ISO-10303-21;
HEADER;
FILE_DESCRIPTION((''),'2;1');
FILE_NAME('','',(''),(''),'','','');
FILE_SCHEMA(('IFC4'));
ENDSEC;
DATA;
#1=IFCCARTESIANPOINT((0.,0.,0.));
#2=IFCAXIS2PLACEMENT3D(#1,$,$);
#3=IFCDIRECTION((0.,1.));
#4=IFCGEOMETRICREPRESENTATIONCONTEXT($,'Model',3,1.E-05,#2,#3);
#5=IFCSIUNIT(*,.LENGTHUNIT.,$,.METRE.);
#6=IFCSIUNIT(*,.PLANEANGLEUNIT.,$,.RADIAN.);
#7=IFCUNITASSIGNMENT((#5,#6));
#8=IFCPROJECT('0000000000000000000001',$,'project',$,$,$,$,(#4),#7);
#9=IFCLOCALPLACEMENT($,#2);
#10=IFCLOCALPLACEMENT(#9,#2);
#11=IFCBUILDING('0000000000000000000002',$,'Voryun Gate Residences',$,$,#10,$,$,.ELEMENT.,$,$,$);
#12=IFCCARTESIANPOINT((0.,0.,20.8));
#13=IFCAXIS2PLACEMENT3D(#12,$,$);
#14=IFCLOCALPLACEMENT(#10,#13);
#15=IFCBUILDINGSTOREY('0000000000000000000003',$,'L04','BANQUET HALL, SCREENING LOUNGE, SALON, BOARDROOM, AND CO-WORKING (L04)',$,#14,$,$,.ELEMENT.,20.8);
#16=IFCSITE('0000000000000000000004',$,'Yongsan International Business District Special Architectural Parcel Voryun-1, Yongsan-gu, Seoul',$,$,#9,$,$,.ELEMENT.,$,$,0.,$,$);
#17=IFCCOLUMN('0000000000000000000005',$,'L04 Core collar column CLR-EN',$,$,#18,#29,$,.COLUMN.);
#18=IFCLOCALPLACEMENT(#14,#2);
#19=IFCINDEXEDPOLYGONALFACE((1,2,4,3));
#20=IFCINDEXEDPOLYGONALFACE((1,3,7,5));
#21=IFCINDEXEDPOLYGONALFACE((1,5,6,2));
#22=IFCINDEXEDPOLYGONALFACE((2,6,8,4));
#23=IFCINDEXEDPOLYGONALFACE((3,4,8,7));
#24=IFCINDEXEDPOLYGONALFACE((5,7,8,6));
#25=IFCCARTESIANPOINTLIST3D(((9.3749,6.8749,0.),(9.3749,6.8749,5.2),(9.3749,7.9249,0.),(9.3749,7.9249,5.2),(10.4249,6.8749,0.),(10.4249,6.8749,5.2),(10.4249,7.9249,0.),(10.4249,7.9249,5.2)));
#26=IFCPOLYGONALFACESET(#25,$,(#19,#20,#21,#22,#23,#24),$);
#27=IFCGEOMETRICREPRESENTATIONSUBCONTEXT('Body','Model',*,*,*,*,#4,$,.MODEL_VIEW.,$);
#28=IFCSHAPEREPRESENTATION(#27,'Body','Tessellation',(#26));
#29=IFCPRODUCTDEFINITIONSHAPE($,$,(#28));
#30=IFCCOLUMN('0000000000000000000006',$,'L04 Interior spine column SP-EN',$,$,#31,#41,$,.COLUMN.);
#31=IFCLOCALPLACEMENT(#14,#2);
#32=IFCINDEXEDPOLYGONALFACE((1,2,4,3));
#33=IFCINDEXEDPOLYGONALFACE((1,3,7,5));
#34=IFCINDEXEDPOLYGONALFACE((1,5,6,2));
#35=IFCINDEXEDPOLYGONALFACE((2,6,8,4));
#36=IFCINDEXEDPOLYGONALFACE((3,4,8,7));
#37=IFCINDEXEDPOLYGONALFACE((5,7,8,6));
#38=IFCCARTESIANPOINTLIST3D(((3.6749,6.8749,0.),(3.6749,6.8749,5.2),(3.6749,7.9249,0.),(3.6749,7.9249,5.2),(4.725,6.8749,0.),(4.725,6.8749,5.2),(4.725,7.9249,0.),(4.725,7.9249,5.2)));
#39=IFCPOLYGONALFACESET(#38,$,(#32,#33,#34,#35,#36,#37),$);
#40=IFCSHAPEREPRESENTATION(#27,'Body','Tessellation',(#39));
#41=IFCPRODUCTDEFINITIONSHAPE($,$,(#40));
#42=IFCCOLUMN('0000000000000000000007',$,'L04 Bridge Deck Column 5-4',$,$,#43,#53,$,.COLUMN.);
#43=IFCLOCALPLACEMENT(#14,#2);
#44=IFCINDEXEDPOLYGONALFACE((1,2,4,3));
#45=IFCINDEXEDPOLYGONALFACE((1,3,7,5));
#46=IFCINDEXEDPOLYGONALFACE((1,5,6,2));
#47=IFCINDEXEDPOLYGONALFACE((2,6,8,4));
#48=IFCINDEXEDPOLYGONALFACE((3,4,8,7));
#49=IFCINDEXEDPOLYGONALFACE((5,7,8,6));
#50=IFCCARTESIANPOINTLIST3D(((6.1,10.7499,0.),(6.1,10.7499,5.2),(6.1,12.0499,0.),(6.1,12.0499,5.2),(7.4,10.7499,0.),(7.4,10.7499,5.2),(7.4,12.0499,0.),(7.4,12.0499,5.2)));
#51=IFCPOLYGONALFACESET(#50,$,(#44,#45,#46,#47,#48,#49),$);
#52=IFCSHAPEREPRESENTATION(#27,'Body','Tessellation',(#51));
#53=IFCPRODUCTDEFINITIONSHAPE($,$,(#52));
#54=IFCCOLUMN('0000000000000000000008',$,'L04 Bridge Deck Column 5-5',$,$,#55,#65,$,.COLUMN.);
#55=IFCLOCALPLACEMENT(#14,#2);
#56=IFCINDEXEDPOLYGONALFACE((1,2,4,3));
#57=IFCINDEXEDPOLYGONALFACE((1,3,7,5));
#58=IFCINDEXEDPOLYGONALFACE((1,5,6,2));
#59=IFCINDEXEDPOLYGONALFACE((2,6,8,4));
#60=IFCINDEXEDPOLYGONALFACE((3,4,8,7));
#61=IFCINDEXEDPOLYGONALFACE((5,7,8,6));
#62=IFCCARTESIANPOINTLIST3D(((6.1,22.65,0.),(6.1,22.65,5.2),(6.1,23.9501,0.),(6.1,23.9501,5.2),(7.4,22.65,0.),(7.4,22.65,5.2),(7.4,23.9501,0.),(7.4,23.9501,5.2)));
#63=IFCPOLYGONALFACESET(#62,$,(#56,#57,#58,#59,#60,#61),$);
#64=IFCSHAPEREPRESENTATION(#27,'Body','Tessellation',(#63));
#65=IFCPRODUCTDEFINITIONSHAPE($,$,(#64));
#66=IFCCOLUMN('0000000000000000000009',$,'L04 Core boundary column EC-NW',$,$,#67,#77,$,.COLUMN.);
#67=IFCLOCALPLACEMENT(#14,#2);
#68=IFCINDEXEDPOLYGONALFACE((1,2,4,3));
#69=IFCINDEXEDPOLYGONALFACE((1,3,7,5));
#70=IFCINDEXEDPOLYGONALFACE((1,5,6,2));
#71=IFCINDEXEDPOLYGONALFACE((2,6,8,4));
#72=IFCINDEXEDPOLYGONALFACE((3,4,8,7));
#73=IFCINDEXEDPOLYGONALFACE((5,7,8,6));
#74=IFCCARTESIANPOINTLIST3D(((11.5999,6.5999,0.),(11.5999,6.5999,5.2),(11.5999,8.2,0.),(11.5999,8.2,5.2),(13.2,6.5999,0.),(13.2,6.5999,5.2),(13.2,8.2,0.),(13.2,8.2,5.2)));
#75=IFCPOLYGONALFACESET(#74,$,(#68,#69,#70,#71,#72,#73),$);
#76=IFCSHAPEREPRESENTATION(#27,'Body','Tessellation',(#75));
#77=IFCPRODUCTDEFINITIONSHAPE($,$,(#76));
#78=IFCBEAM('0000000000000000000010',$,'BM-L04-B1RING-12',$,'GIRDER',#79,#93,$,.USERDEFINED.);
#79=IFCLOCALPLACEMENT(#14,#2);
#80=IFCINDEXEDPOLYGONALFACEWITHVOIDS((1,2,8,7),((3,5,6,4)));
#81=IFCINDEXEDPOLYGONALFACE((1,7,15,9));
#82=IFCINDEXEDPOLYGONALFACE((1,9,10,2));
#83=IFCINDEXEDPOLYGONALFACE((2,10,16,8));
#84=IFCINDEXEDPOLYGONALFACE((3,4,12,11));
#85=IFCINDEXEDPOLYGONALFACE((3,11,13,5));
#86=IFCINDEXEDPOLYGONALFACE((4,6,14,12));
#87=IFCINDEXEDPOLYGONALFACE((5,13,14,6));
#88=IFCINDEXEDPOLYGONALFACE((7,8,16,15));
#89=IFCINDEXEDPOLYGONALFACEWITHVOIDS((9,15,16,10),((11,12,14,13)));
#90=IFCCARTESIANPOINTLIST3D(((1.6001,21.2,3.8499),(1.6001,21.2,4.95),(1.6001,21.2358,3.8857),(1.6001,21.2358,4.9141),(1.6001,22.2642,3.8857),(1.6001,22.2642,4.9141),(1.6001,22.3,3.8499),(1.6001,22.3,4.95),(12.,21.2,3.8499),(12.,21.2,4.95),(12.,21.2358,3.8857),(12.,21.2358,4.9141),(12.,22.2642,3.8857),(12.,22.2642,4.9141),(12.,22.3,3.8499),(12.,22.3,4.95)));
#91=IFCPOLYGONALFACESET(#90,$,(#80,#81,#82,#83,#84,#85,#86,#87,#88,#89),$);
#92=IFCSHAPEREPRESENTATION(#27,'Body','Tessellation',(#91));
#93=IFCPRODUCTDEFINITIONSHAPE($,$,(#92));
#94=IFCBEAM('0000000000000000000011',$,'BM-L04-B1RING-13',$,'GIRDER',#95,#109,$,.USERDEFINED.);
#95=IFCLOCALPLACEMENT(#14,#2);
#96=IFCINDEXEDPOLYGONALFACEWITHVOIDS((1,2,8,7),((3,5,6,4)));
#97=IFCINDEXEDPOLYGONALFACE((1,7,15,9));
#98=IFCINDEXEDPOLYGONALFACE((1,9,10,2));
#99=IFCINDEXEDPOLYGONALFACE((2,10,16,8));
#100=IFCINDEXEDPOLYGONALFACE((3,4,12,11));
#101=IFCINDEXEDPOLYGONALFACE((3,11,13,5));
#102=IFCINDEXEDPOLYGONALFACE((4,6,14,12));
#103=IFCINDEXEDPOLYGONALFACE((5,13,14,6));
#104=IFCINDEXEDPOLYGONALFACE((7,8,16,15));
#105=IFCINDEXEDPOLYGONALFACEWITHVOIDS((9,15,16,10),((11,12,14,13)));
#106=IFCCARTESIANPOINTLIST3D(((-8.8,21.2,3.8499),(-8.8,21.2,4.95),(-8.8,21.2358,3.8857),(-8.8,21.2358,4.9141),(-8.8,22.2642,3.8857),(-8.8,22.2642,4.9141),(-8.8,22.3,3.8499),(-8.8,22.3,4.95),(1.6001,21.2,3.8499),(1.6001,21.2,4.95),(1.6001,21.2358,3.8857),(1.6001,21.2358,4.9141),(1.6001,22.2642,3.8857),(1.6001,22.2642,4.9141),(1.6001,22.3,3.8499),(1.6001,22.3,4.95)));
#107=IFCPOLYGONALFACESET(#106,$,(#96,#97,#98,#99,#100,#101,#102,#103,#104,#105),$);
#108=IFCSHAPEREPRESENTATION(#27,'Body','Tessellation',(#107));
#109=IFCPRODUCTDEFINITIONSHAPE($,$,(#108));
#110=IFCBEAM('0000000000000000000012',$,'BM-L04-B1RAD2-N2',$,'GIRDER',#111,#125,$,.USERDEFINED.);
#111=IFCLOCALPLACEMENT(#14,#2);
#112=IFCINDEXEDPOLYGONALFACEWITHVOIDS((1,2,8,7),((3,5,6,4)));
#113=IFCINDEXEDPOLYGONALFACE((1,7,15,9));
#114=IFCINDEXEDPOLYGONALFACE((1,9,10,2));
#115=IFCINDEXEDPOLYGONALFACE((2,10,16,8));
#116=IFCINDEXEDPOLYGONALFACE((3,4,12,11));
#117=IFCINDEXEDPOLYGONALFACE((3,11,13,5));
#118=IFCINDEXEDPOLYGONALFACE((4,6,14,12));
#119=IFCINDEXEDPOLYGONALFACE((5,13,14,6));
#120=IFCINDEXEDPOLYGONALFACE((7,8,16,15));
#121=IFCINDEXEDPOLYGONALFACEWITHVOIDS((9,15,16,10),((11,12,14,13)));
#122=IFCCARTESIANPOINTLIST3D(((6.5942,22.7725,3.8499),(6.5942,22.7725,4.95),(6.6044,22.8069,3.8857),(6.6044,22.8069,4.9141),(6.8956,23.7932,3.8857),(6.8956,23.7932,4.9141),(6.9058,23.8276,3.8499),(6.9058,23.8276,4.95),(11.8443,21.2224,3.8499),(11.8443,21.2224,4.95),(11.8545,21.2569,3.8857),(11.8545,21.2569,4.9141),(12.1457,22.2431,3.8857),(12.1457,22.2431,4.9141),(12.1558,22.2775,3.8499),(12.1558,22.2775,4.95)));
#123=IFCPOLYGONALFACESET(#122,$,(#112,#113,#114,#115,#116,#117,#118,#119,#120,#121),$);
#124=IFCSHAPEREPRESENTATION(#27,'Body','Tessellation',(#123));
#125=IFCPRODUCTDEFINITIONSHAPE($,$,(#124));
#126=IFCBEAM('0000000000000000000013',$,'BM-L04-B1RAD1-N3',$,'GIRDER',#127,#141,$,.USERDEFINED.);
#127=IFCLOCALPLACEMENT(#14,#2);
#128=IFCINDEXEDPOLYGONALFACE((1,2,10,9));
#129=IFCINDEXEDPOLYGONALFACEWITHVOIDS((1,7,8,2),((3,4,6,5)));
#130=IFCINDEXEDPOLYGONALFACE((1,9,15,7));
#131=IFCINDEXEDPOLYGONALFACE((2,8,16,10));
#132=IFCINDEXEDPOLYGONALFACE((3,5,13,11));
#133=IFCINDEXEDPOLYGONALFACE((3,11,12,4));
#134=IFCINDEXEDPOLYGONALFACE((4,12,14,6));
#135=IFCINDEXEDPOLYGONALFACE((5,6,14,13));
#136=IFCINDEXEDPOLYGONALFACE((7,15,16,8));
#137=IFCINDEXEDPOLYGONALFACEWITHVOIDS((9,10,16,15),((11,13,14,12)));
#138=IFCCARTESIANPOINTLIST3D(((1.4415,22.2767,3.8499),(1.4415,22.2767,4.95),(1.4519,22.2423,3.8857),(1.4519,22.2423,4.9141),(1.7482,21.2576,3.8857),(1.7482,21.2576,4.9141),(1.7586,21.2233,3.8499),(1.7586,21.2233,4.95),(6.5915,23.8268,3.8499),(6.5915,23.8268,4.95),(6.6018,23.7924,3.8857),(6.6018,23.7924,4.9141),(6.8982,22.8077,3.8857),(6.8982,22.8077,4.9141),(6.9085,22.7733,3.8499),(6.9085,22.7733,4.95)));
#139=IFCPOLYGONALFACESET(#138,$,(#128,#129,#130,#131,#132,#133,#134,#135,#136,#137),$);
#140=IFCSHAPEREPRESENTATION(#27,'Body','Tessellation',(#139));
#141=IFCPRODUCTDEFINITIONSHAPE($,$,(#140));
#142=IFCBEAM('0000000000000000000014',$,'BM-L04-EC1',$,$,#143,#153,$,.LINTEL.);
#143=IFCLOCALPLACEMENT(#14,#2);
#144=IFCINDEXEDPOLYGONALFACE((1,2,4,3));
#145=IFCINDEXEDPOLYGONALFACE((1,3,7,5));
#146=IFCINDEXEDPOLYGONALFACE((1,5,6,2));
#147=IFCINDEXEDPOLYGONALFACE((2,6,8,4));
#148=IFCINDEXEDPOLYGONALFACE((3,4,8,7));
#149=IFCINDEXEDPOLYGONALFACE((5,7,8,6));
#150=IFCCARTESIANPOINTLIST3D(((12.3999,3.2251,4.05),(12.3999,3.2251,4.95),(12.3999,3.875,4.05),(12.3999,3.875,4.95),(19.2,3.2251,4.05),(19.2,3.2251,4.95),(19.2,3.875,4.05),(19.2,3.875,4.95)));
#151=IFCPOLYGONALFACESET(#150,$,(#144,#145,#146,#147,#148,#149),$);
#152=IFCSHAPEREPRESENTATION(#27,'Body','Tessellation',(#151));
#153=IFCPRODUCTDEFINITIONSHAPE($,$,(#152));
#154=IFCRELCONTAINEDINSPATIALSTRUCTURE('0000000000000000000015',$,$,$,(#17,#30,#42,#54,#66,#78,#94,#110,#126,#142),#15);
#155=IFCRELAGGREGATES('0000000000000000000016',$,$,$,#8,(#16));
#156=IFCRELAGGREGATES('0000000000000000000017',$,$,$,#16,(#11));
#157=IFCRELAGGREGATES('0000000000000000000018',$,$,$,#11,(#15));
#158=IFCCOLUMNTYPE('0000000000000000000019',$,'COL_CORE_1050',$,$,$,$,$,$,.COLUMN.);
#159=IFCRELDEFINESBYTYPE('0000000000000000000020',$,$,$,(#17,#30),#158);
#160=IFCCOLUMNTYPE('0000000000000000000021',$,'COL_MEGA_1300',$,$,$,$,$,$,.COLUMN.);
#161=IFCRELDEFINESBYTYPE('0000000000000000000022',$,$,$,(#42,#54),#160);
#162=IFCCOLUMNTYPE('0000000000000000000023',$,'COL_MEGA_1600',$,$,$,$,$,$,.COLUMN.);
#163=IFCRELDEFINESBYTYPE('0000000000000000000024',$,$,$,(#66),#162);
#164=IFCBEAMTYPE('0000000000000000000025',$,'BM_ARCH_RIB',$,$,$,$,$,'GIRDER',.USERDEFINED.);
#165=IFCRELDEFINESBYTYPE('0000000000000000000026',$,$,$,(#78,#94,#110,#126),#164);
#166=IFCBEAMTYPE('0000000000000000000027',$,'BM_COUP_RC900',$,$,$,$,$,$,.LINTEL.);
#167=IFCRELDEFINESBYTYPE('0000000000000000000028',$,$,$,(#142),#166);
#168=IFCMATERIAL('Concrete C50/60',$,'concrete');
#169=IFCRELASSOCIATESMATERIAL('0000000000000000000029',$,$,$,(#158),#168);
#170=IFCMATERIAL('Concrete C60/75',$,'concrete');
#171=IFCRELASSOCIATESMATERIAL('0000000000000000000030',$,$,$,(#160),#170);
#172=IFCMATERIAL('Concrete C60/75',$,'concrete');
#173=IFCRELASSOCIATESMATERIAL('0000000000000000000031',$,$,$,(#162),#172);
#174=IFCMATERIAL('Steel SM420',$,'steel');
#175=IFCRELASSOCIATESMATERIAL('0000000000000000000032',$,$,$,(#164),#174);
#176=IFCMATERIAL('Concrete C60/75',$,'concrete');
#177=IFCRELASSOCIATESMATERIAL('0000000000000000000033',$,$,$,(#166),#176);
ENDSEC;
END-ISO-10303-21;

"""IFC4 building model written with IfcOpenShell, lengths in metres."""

from ifc_helpers import new_model, si_unit, direction, frame, origin, origin_2d, place, context, subcontext, project, spatial, rectangle, hollow_rectangle, extrude, material, material_profile, profile_set, type_object, element, save


model = new_model("IFC4")

# Units and contexts
model_context = context("Model", 3, precision=1e-05, world=origin(), true_north=direction((0.0, 1.0)))
body_context = subcontext(model_context, "Body", "Model", "MODEL_VIEW")
ifc_project = project(units=[si_unit("LENGTHUNIT", "METRE"), si_unit("PLANEANGLEUNIT", "RADIAN")], contexts=[model_context])

# Site, building, storey
site_placement = place(None, origin())
site = spatial("IfcSite", under=ifc_project, at=site_placement, Name="Yongsan International Business District Special Architectural Parcel Voryun-1, Yongsan-gu, Seoul", CompositionType="ELEMENT", RefElevation=0.0)
building_placement = place(site_placement, origin())
building = spatial("IfcBuilding", under=site, at=building_placement, Name="Voryun Gate Residences", CompositionType="ELEMENT")
storey_placement = place(building_placement, frame((0.0, 0.0, 20.8)))
storey = spatial("IfcBuildingStorey", under=building, at=storey_placement, Name="L04", Description="BANQUET HALL, SCREENING LOUNGE, SALON, BOARDROOM, AND CO-WORKING (L04)", CompositionType="ELEMENT", Elevation=20.8)

# Columns
ifc_material_1 = material(Name="Concrete C50/60", Category="concrete")
ifc_material_profile_1 = material_profile(ifc_material_1, rectangle(XDim=1.05, YDim=1.05, at=origin_2d()), Name="RC-1050x1050")
ifc_profile_set_1 = profile_set([ifc_material_profile_1], Name="Concrete C50/60")
column_type_1 = type_object("IfcColumnType", Name="COL_CORE_1050", PredefinedType="COLUMN", material=ifc_profile_set_1)
for number, where, z_axis, x_axis, name in (
    (1, (9.8999, 7.3999, 0.0), (0.0, 0.0, 1.0), (1.0, 0.0, 0.0), "L04 Core collar column CLR-EN"),
    (2, (4.2, 7.3999, 0.0), (0.0, 0.0, 1.0), (1.0, 0.0, 0.0), "L04 Interior spine column SP-EN"),
):
    element("IfcColumn", number, at=place(storey_placement, frame(where, z_axis=z_axis, x_axis=x_axis)), inside=storey, type_object=column_type_1, Name=name, PredefinedType="COLUMN", context=body_context, shape_type="SweptSolid", body=[
        extrude(rectangle(XDim=1.05, YDim=1.05, at=origin_2d()), origin(), (0.0, 0.0, 1.0), 5.2),
    ])
ifc_material_2 = material(Name="Concrete C60/75", Category="concrete")
ifc_material_profile_2 = material_profile(ifc_material_2, rectangle(XDim=1.3, YDim=1.3, at=origin_2d()), Name="RC-1300x1300")
ifc_profile_set_2 = profile_set([ifc_material_profile_2], Name="Concrete C60/75")
column_type_2 = type_object("IfcColumnType", Name="COL_MEGA_1300", PredefinedType="COLUMN", material=ifc_profile_set_2)
for number, where, z_axis, x_axis, name in (
    (3, (6.75, 11.3999, 0.0), (0.0, 0.0, 1.0), (1.0, 0.0, 0.0), "L04 Bridge Deck Column 5-4"),
    (4, (6.75, 23.3, 0.0), (0.0, 0.0, 1.0), (1.0, 0.0, 0.0), "L04 Bridge Deck Column 5-5"),
):
    element("IfcColumn", number, at=place(storey_placement, frame(where, z_axis=z_axis, x_axis=x_axis)), inside=storey, type_object=column_type_2, Name=name, PredefinedType="COLUMN", context=body_context, shape_type="SweptSolid", body=[
        extrude(rectangle(XDim=1.3, YDim=1.3, at=origin_2d()), origin(), (0.0, 0.0, 1.0), 5.2),
    ])
ifc_material_3 = material(Name="Concrete C60/75", Category="concrete")
ifc_material_profile_3 = material_profile(ifc_material_3, rectangle(XDim=1.6001, YDim=1.6001, at=origin_2d()), Name="RC-1600x1600")
ifc_profile_set_3 = profile_set([ifc_material_profile_3], Name="Concrete C60/75")
column_type_3 = type_object("IfcColumnType", Name="COL_MEGA_1600", PredefinedType="COLUMN", material=ifc_profile_set_3)
column_placement = place(storey_placement, frame((12.3999, 7.3999, 0.0), z_axis=(0.0, 0.0, 1.0), x_axis=(1.0, 0.0, 0.0)))
element("IfcColumn", 5, at=column_placement, inside=storey, type_object=column_type_3, Name="L04 Core boundary column EC-NW", PredefinedType="COLUMN", context=body_context, shape_type="SweptSolid", body=[
    extrude(rectangle(XDim=1.6001, YDim=1.6001, at=origin_2d()), origin(), (0.0, 0.0, 1.0), 5.2),
])

# Beams
ifc_material_4 = material(Name="Steel SM420", Category="steel")
ifc_material_profile_4 = material_profile(ifc_material_4, hollow_rectangle(XDim=1.1001, YDim=1.1001, WallThickness=0.0359, at=origin_2d()), Name="BOX-1100x1100x36")
ifc_profile_set_4 = profile_set([ifc_material_profile_4], Name="Steel SM420")
beam_type_1 = type_object("IfcBeamType", Name="BM_ARCH_RIB", ElementType="GIRDER", PredefinedType="USERDEFINED", material=ifc_profile_set_4)
beam_1_placement = place(storey_placement, frame((12.0, 21.75, 4.3999), z_axis=(-1.0, 0.0, 0.0), x_axis=(0.0, -1.0, 0.0)))
element("IfcBeam", 6, at=beam_1_placement, inside=storey, type_object=beam_type_1, Name="BM-L04-B1RING-12", ObjectType="GIRDER", PredefinedType="USERDEFINED", context=body_context, shape_type="SweptSolid", body=[
    extrude(hollow_rectangle(XDim=1.1001, YDim=1.1001, WallThickness=0.0359, at=origin_2d()), origin(), (0.0, 0.0, 1.0), 10.3999),
])
beam_2_placement = place(storey_placement, frame((1.6001, 21.75, 4.3999), z_axis=(-1.0, 0.0, 0.0), x_axis=(0.0, -1.0, 0.0)))
element("IfcBeam", 7, at=beam_2_placement, inside=storey, type_object=beam_type_1, Name="BM-L04-B1RING-13", ObjectType="GIRDER", PredefinedType="USERDEFINED", context=body_context, shape_type="SweptSolid", body=[
    extrude(hollow_rectangle(XDim=1.1001, YDim=1.1001, WallThickness=0.0359, at=origin_2d()), origin(), (0.0, 0.0, 1.0), 10.4001),
])
beam_3_placement = place(storey_placement, frame((6.75, 23.3, 4.3999), z_axis=(0.959072, -0.283163, 0.0), x_axis=(0.283163, 0.959072, 0.0)))
element("IfcBeam", 8, at=beam_3_placement, inside=storey, type_object=beam_type_1, Name="BM-L04-B1RAD2-N2", ObjectType="GIRDER", PredefinedType="USERDEFINED", context=body_context, shape_type="SweptSolid", body=[
    extrude(hollow_rectangle(XDim=1.1001, YDim=1.1001, WallThickness=0.0359, at=origin_2d()), origin(), (0.0, 0.0, 1.0), 5.4741),
])
beam_4_placement = place(storey_placement, frame((6.75, 23.3, 4.3999), z_axis=(-0.957566, -0.288214, 0.0), x_axis=(0.288214, -0.957566, 0.0)))
element("IfcBeam", 9, at=beam_4_placement, inside=storey, type_object=beam_type_1, Name="BM-L04-B1RAD1-N3", ObjectType="GIRDER", PredefinedType="USERDEFINED", context=body_context, shape_type="SweptSolid", body=[
    extrude(hollow_rectangle(XDim=1.1001, YDim=1.1001, WallThickness=0.0359, at=origin_2d()), origin(), (0.0, 0.0, 1.0), 5.3782),
])
ifc_material_5 = material(Name="Concrete C60/75", Category="concrete")
ifc_material_profile_5 = material_profile(ifc_material_5, rectangle(XDim=0.6499, YDim=0.8999, at=origin_2d()), Name="RC-650x900")
ifc_profile_set_5 = profile_set([ifc_material_profile_5], Name="Concrete C60/75")
beam_type_2 = type_object("IfcBeamType", Name="BM_COUP_RC900", PredefinedType="LINTEL", material=ifc_profile_set_5)
beam_5_placement = place(storey_placement, frame((12.3999, 3.55, 4.5), z_axis=(1.0, 0.0, 0.0), x_axis=(0.0, 1.0, 0.0)))
element("IfcBeam", 10, at=beam_5_placement, inside=storey, type_object=beam_type_2, Name="BM-L04-EC1", PredefinedType="LINTEL", context=body_context, shape_type="SweptSolid", body=[
    extrude(rectangle(XDim=0.6499, YDim=0.8999, at=origin_2d()), origin(), (0.0, 0.0, 1.0), 6.8),
])

save(model, "model.ifc")
